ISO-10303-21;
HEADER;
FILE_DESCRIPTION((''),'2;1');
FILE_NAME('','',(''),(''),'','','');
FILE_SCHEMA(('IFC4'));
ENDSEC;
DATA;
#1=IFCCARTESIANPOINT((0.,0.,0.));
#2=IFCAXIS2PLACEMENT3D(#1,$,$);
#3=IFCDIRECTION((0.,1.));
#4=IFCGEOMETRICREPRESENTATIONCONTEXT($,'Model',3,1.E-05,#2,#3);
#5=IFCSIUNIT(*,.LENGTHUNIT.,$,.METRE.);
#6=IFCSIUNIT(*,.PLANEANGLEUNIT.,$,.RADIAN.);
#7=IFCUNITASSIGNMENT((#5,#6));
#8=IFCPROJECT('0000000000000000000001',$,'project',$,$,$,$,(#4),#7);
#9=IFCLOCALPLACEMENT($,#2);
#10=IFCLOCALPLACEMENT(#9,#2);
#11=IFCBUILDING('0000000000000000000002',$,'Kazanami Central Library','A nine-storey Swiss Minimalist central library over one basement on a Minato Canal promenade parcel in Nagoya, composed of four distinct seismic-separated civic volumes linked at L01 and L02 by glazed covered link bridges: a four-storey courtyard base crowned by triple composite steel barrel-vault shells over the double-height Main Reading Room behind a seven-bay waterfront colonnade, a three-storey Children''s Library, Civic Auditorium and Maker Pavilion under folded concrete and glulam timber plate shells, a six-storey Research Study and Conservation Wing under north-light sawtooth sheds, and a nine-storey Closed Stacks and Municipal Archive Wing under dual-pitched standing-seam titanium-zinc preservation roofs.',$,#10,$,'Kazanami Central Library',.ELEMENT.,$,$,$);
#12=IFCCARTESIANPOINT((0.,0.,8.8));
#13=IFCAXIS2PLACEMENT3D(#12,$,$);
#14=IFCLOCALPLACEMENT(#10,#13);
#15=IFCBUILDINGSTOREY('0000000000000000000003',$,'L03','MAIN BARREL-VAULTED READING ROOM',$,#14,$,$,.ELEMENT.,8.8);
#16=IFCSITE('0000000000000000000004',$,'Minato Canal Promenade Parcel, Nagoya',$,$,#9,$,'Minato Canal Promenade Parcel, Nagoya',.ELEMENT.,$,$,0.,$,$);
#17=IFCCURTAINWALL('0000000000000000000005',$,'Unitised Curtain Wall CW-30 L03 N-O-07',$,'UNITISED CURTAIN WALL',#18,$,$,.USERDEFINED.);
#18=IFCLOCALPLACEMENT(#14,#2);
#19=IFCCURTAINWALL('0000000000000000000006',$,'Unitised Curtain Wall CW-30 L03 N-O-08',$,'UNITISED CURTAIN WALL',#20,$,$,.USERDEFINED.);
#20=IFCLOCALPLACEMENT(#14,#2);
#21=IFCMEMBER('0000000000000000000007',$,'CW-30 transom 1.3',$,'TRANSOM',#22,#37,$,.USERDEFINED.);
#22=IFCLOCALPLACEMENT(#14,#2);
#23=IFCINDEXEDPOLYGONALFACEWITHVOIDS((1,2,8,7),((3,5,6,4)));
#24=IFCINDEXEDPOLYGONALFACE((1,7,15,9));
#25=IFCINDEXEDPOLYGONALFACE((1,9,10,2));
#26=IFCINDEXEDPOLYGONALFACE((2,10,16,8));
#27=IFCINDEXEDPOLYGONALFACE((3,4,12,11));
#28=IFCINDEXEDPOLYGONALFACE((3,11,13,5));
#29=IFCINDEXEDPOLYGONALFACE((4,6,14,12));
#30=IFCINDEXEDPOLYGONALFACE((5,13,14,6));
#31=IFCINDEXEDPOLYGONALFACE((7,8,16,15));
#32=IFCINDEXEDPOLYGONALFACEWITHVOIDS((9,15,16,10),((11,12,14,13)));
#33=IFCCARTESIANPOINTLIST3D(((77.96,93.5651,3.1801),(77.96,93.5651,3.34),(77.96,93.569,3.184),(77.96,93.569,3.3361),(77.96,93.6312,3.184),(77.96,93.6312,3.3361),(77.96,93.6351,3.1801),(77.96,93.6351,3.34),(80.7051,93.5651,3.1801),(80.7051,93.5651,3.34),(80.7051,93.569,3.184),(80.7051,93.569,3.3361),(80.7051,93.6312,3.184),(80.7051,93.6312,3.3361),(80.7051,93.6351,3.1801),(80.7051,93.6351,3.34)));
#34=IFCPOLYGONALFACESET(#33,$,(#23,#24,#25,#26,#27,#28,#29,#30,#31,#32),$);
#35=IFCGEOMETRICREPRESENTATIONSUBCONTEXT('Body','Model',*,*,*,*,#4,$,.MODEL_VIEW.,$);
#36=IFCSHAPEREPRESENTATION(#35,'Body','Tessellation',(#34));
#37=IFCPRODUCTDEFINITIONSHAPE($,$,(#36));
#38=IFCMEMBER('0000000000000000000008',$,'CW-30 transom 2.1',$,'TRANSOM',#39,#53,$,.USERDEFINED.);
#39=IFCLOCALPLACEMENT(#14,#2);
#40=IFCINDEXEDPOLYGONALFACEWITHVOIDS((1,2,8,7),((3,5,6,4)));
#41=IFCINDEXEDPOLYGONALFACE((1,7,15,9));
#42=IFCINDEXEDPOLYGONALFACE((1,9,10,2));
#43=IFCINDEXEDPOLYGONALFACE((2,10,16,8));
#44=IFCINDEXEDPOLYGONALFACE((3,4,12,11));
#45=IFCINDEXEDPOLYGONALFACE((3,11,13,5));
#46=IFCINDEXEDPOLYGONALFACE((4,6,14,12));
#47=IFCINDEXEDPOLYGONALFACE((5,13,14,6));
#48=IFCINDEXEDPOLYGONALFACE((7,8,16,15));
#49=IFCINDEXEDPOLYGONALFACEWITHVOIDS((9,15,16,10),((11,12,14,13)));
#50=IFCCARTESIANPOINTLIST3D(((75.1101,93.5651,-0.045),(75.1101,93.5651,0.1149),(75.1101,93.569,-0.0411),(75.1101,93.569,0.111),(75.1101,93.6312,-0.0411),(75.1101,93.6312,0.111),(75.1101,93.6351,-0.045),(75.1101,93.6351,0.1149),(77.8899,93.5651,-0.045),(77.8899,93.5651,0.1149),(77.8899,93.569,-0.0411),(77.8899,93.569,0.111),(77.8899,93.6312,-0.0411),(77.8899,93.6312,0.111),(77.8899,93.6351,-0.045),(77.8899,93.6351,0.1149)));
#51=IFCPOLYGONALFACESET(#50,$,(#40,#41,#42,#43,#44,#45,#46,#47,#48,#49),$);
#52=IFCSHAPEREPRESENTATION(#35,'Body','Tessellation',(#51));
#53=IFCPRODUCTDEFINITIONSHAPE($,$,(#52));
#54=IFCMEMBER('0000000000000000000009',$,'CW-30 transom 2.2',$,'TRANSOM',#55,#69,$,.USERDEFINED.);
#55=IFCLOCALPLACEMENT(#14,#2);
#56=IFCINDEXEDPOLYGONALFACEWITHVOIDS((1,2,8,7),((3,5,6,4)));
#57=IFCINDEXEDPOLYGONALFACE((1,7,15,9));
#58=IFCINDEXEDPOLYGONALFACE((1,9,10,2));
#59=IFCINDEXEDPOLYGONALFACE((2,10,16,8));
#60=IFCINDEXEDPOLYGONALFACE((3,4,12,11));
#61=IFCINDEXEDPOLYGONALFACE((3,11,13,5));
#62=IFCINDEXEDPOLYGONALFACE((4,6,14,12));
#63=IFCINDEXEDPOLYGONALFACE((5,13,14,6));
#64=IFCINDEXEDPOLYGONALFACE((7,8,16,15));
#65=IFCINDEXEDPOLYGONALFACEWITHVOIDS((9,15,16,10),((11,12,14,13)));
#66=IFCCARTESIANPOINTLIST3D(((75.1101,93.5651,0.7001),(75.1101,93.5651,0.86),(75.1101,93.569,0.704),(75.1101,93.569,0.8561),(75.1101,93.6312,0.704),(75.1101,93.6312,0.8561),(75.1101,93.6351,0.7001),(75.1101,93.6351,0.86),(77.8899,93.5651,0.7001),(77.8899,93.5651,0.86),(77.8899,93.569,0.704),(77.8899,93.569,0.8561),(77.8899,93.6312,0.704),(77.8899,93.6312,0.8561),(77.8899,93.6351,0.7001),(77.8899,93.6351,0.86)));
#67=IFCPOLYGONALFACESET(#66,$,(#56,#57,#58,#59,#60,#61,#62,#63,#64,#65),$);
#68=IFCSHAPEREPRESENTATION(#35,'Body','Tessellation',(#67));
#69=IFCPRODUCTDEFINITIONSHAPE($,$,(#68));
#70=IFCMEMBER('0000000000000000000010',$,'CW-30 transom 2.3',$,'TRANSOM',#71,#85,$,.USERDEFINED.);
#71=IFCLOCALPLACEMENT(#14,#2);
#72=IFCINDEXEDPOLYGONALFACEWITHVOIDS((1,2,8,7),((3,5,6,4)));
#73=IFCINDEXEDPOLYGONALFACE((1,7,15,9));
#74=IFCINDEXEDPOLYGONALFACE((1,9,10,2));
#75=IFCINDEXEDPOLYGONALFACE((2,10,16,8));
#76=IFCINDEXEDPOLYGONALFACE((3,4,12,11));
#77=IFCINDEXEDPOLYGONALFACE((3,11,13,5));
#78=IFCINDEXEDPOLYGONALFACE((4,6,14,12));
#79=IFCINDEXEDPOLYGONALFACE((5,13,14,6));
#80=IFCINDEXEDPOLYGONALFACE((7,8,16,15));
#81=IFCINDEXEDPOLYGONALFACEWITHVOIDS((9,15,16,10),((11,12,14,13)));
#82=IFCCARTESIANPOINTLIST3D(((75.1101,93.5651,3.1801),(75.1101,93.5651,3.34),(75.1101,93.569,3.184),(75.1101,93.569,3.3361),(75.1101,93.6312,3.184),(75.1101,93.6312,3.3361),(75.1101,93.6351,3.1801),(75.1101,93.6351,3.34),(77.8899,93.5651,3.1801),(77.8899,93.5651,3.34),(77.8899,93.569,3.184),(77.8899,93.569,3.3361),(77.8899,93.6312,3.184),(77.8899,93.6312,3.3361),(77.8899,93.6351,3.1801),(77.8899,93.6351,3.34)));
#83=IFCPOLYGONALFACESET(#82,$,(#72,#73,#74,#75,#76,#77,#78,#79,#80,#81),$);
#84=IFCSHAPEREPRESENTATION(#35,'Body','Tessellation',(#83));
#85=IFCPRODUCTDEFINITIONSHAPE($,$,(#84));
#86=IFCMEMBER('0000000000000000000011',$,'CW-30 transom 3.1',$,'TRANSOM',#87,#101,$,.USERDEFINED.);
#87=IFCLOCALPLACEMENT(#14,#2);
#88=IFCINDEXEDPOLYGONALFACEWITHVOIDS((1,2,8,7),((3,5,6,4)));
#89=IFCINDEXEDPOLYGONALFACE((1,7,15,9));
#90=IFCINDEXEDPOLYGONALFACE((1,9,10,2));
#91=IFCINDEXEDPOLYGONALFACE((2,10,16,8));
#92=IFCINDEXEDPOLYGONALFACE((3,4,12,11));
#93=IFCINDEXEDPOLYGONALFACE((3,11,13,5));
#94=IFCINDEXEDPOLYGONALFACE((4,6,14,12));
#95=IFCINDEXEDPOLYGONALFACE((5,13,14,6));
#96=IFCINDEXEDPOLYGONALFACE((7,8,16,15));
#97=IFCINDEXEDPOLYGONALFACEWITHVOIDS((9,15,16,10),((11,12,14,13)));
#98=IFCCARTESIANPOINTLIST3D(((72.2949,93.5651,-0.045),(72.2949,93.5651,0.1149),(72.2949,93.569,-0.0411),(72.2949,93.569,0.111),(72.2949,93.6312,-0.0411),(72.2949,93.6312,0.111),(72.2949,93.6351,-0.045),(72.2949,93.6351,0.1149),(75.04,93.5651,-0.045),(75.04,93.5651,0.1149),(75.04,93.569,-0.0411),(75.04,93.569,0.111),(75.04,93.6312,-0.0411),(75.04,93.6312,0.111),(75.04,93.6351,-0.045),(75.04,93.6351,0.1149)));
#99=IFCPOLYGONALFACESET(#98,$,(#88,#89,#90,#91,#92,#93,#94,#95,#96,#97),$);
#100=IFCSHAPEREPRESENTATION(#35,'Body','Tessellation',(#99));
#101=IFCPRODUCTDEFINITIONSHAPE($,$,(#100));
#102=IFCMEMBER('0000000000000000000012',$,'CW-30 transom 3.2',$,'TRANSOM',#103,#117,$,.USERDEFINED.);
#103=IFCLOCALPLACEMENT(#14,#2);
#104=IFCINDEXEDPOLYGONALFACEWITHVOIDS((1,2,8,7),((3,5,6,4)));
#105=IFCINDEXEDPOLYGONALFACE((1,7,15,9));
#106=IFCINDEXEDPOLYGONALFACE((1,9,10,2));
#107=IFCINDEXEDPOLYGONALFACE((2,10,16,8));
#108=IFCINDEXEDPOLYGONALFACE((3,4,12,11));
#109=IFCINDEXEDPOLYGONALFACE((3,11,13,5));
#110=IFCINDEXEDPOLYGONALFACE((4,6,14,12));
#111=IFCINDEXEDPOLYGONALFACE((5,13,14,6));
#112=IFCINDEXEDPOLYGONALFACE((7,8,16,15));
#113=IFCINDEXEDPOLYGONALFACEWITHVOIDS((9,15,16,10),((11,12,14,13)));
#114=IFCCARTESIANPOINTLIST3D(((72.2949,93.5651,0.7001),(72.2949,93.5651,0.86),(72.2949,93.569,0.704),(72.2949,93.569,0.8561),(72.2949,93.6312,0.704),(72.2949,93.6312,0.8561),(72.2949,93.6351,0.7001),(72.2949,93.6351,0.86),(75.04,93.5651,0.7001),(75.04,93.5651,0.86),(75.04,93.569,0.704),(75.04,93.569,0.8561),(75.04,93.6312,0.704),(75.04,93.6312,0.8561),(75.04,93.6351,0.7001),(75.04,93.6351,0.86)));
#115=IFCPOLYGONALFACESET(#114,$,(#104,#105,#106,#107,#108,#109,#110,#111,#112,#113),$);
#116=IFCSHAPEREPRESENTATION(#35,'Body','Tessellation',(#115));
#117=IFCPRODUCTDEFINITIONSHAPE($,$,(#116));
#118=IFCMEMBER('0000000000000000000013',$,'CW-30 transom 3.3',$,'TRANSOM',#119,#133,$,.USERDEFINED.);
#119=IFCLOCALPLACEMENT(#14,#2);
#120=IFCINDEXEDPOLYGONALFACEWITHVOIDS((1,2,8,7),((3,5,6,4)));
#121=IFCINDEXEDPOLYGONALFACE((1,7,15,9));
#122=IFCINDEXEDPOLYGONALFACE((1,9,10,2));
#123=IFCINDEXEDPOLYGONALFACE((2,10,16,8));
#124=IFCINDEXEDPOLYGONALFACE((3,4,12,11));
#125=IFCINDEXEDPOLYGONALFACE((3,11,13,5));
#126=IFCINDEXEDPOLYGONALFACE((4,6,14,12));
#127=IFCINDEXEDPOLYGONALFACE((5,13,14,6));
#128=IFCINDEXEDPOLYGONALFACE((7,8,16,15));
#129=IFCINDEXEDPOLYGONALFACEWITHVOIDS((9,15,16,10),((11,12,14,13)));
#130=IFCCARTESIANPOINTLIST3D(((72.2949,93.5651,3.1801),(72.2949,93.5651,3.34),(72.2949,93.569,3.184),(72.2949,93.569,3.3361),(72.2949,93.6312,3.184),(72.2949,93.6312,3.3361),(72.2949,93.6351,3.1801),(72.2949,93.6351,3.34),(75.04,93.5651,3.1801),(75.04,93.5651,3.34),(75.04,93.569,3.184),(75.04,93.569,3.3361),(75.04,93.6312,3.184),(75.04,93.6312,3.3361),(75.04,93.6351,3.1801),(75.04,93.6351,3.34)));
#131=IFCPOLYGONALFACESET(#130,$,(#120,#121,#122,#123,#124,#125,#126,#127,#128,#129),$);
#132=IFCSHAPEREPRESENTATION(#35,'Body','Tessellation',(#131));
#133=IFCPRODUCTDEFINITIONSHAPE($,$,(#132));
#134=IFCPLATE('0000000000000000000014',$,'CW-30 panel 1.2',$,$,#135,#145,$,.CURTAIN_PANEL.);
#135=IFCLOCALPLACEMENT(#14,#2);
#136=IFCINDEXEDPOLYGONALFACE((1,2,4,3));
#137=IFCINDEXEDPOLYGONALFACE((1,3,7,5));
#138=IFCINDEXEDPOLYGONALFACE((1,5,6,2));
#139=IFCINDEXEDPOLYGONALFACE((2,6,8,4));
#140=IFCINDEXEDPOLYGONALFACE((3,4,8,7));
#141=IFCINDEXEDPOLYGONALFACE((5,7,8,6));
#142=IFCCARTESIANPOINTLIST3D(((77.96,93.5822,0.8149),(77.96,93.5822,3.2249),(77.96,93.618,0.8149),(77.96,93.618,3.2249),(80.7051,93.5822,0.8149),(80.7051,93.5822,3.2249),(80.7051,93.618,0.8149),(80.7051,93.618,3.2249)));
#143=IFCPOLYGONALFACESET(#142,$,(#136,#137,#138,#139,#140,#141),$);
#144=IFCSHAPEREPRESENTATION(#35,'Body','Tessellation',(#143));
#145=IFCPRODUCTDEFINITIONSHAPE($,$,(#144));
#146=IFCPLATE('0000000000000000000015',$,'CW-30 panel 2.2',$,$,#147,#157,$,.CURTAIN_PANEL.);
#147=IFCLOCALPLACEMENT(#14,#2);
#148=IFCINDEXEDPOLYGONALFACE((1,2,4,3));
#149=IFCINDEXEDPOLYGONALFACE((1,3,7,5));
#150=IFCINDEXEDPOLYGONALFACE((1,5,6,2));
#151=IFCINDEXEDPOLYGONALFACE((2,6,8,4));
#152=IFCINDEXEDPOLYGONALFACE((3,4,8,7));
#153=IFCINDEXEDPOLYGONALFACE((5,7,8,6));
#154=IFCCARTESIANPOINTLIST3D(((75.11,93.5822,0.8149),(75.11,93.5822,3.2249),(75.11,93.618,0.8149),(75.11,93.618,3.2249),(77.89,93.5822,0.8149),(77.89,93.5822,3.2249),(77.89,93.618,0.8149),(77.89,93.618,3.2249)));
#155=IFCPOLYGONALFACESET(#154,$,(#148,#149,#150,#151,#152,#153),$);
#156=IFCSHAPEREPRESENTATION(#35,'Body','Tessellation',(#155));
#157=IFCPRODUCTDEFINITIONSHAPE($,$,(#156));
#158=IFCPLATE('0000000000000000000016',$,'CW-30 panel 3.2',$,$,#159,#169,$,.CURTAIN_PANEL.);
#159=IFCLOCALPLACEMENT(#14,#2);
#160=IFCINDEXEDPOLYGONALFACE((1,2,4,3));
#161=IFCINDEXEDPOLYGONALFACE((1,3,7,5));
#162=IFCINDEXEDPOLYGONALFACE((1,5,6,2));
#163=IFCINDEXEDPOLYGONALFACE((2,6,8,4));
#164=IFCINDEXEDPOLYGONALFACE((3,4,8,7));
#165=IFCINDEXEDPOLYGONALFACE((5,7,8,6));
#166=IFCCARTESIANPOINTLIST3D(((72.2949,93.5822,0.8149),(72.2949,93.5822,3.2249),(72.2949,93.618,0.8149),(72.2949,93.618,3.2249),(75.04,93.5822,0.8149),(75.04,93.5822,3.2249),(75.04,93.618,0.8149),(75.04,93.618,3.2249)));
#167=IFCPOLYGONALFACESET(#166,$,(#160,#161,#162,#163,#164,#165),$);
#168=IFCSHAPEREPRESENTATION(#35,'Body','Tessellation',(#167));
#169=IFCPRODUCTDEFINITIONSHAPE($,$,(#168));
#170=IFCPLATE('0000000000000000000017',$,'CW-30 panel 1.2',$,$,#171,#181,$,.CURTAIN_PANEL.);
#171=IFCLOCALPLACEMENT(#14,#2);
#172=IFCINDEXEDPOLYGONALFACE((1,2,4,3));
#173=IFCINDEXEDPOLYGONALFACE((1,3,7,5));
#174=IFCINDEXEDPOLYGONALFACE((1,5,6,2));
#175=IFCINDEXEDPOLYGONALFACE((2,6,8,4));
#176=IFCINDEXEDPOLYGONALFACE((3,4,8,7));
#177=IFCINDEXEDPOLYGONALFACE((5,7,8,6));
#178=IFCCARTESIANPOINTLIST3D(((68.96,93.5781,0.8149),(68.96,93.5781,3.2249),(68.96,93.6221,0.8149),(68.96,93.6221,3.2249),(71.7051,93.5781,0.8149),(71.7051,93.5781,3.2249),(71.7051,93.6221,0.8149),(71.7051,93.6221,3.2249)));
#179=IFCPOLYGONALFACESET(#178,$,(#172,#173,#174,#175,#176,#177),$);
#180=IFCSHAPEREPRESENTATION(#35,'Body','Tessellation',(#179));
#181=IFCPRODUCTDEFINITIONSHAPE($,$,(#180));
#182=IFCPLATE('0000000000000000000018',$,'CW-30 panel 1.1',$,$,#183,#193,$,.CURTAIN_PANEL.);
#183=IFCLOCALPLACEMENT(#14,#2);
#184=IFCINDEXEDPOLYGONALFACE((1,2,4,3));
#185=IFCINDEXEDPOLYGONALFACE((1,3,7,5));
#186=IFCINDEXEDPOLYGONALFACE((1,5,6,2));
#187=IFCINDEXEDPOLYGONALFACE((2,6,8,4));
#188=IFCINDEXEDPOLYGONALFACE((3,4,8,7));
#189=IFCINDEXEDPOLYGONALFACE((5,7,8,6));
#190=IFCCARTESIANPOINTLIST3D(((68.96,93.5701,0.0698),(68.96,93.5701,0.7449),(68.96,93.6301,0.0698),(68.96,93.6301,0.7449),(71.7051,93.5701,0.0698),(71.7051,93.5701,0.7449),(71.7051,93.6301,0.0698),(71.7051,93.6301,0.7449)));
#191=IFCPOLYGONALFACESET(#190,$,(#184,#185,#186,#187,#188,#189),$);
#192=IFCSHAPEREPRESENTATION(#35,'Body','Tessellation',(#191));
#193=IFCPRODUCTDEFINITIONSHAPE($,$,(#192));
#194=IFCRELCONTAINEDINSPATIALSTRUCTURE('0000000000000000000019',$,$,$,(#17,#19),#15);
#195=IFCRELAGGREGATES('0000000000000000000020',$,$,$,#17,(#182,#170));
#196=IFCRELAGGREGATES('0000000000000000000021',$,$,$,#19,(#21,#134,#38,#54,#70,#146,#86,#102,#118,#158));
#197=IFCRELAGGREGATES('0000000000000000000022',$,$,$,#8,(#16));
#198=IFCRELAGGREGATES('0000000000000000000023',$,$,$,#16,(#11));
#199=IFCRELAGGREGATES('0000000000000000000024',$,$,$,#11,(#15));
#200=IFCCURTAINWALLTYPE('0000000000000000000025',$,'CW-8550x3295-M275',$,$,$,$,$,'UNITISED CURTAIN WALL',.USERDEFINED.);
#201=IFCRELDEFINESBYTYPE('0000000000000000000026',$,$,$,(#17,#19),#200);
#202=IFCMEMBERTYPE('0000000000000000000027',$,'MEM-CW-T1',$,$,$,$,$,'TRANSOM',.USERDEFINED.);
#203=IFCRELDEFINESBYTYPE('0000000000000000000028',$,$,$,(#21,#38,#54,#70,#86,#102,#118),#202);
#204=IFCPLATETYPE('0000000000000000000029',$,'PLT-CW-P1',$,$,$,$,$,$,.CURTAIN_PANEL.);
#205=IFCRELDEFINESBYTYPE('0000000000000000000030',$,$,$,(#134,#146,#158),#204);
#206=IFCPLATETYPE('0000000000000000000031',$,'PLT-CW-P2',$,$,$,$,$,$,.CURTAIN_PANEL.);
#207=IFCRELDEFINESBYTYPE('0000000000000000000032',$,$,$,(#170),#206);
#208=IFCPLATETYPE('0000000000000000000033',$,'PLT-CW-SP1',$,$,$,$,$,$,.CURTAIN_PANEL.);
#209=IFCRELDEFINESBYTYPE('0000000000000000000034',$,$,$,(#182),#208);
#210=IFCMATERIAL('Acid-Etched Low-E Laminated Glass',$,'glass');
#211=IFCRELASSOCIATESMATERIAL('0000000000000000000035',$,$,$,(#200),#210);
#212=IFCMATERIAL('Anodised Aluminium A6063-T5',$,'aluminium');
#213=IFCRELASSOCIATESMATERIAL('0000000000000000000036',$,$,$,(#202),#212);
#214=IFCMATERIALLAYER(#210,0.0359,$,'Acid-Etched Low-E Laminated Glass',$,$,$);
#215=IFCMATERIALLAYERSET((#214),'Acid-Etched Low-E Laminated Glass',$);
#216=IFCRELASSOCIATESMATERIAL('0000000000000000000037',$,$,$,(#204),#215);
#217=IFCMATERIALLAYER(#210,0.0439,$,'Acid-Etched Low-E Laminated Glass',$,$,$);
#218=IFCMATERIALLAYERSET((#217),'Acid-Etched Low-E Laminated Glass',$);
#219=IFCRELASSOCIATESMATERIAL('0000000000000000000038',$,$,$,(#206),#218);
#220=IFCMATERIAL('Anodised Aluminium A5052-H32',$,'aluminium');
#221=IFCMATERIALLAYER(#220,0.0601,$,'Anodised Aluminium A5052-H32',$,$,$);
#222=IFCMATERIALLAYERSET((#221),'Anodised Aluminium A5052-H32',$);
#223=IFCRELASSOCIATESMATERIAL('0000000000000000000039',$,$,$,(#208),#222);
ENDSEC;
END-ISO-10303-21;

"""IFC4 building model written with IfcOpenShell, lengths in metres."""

from ifc_helpers import new_model, si_unit, direction, frame, origin, origin_2d, place, context, subcontext, project, spatial, rectangle, hollow_rectangle, extrude, material, layer, layer_set, material_profile, profile_set, type_object, element, aggregate, save


model = new_model("IFC4")

# Units and contexts
model_context = context("Model", 3, precision=1e-05, world=origin(), true_north=direction((0.0, 1.0)))
body_context = subcontext(model_context, "Body", "Model", "MODEL_VIEW")
ifc_project = project(units=[si_unit("LENGTHUNIT", "METRE"), si_unit("PLANEANGLEUNIT", "RADIAN")], contexts=[model_context])

# Site, building, storey
site_placement = place(None, origin())
site = spatial("IfcSite", under=ifc_project, at=site_placement, Name="Minato Canal Promenade Parcel, Nagoya", LongName="Minato Canal Promenade Parcel, Nagoya", CompositionType="ELEMENT", RefElevation=0.0)
building_placement = place(site_placement, origin())
building = spatial("IfcBuilding", under=site, at=building_placement, Name="Kazanami Central Library", Description="A nine-storey Swiss Minimalist central library over one basement on a Minato Canal promenade parcel in Nagoya, composed of four distinct seismic-separated civic volumes linked at L01 and L02 by glazed covered link bridges: a four-storey courtyard base crowned by triple composite steel barrel-vault shells over the double-height Main Reading Room behind a seven-bay waterfront colonnade, a three-storey Children's Library, Civic Auditorium and Maker Pavilion under folded concrete and glulam timber plate shells, a six-storey Research Study and Conservation Wing under north-light sawtooth sheds, and a nine-storey Closed Stacks and Municipal Archive Wing under dual-pitched standing-seam titanium-zinc preservation roofs.", LongName="Kazanami Central Library", CompositionType="ELEMENT")
storey_placement = place(building_placement, frame((0.0, 0.0, 8.8)))
storey = spatial("IfcBuildingStorey", under=building, at=storey_placement, Name="L03", Description="MAIN BARREL-VAULTED READING ROOM", CompositionType="ELEMENT", Elevation=8.8)

# Curtain wall
ifc_material_1 = material(Name="Acid-Etched Low-E Laminated Glass", Category="glass")
curtain_wall_type = type_object("IfcCurtainWallType", Name="CW-8550x3295-M275", ElementType="UNITISED CURTAIN WALL", PredefinedType="USERDEFINED", material=ifc_material_1)
curtain_wall_1_placement = place(storey_placement, origin())
curtain_wall_1 = element("IfcCurtainWall", 1, at=curtain_wall_1_placement, inside=storey, type_object=curtain_wall_type, Name="Unitised Curtain Wall CW-30 L03 N-O-07", ObjectType="UNITISED CURTAIN WALL", PredefinedType="USERDEFINED")
ifc_material_2 = material(Name="Anodised Aluminium A6063-T5", Category="aluminium")

# Curtain wall
curtain_wall_2_placement = place(storey_placement, origin())
curtain_wall_2 = element("IfcCurtainWall", 2, at=curtain_wall_2_placement, inside=storey, type_object=curtain_wall_type, Name="Unitised Curtain Wall CW-30 L03 N-O-08", ObjectType="UNITISED CURTAIN WALL", PredefinedType="USERDEFINED")

# Members
ifc_material_profile_1 = material_profile(ifc_material_2, hollow_rectangle(XDim=0.0701, YDim=0.1599, WallThickness=0.0039, at=origin_2d()), Name="ALU-TRAN-70x160x4")
ifc_profile_set_1 = profile_set([ifc_material_profile_1], Name="Anodised Aluminium A6063-T5")
member_type_1 = type_object("IfcMemberType", Name="MEM-CW-T1", ElementType="TRANSOM", PredefinedType="USERDEFINED", material=ifc_profile_set_1)
member_1_placement = place(storey_placement, frame((80.7051, 93.6001, 3.26), z_axis=(-1.0, 0.0, 0.0), x_axis=(0.0, -1.0, 0.0)))
member_1 = element("IfcMember", 3, at=member_1_placement, type_object=member_type_1, Name="CW-30 transom 1.3", ObjectType="TRANSOM", PredefinedType="USERDEFINED", context=body_context, shape_type="SweptSolid", body=[
    extrude(hollow_rectangle(XDim=0.0701, YDim=0.1599, WallThickness=0.0039, at=origin_2d()), origin(), (0.0, 0.0, 1.0), 2.7451),
])
member_2_placement = place(storey_placement, frame((77.8899, 93.6001, 0.0349), z_axis=(-1.0, 0.0, 0.0), x_axis=(0.0, -1.0, 0.0)))
member_2 = element("IfcMember", 4, at=member_2_placement, type_object=member_type_1, Name="CW-30 transom 2.1", ObjectType="TRANSOM", PredefinedType="USERDEFINED", context=body_context, shape_type="SweptSolid", body=[
    extrude(hollow_rectangle(XDim=0.0701, YDim=0.1599, WallThickness=0.0039, at=origin_2d()), origin(), (0.0, 0.0, 1.0), 2.7798),
])
member_3_placement = place(storey_placement, frame((77.8899, 93.6001, 0.78), z_axis=(-1.0, 0.0, 0.0), x_axis=(0.0, -1.0, 0.0)))
member_3 = element("IfcMember", 5, at=member_3_placement, type_object=member_type_1, Name="CW-30 transom 2.2", ObjectType="TRANSOM", PredefinedType="USERDEFINED", context=body_context, shape_type="SweptSolid", body=[
    extrude(hollow_rectangle(XDim=0.0701, YDim=0.1599, WallThickness=0.0039, at=origin_2d()), origin(), (0.0, 0.0, 1.0), 2.7798),
])
member_4_placement = place(storey_placement, frame((77.8899, 93.6001, 3.26), z_axis=(-1.0, 0.0, 0.0), x_axis=(0.0, -1.0, 0.0)))
member_4 = element("IfcMember", 6, at=member_4_placement, type_object=member_type_1, Name="CW-30 transom 2.3", ObjectType="TRANSOM", PredefinedType="USERDEFINED", context=body_context, shape_type="SweptSolid", body=[
    extrude(hollow_rectangle(XDim=0.0701, YDim=0.1599, WallThickness=0.0039, at=origin_2d()), origin(), (0.0, 0.0, 1.0), 2.7798),
])
member_5_placement = place(storey_placement, frame((75.04, 93.6001, 0.0349), z_axis=(-1.0, 0.0, 0.0), x_axis=(0.0, -1.0, 0.0)))
member_5 = element("IfcMember", 7, at=member_5_placement, type_object=member_type_1, Name="CW-30 transom 3.1", ObjectType="TRANSOM", PredefinedType="USERDEFINED", context=body_context, shape_type="SweptSolid", body=[
    extrude(hollow_rectangle(XDim=0.0701, YDim=0.1599, WallThickness=0.0039, at=origin_2d()), origin(), (0.0, 0.0, 1.0), 2.7451),
])
member_6_placement = place(storey_placement, frame((75.04, 93.6001, 0.78), z_axis=(-1.0, 0.0, 0.0), x_axis=(0.0, -1.0, 0.0)))
member_6 = element("IfcMember", 8, at=member_6_placement, type_object=member_type_1, Name="CW-30 transom 3.2", ObjectType="TRANSOM", PredefinedType="USERDEFINED", context=body_context, shape_type="SweptSolid", body=[
    extrude(hollow_rectangle(XDim=0.0701, YDim=0.1599, WallThickness=0.0039, at=origin_2d()), origin(), (0.0, 0.0, 1.0), 2.7451),
])
member_7_placement = place(storey_placement, frame((75.04, 93.6001, 3.26), z_axis=(-1.0, 0.0, 0.0), x_axis=(0.0, -1.0, 0.0)))
member_7 = element("IfcMember", 9, at=member_7_placement, type_object=member_type_1, Name="CW-30 transom 3.3", ObjectType="TRANSOM", PredefinedType="USERDEFINED", context=body_context, shape_type="SweptSolid", body=[
    extrude(hollow_rectangle(XDim=0.0701, YDim=0.1599, WallThickness=0.0039, at=origin_2d()), origin(), (0.0, 0.0, 1.0), 2.7451),
])

# Plates
ifc_layer_1 = layer(ifc_material_1, 0.0359, Name="Acid-Etched Low-E Laminated Glass")
ifc_layer_set_1 = layer_set([ifc_layer_1], Name="Acid-Etched Low-E Laminated Glass")
plate_type_1 = type_object("IfcPlateType", Name="PLT-CW-P1", PredefinedType="CURTAIN_PANEL", material=ifc_layer_set_1)
plate_1_placement = place(storey_placement, frame((79.3325, 93.6001, 0.8149), z_axis=(0.0, 0.0, 1.0), x_axis=(-1.0, 0.0, 0.0)))
plate_1 = element("IfcPlate", 10, at=plate_1_placement, type_object=plate_type_1, Name="CW-30 panel 1.2", PredefinedType="CURTAIN_PANEL", context=body_context, shape_type="SweptSolid", body=[
    extrude(rectangle(XDim=2.7451, YDim=0.0359, at=origin_2d()), origin(), (0.0, 0.0, 1.0), 2.4099),
])
plate_2_placement = place(storey_placement, frame((76.5, 93.6001, 0.8149), z_axis=(0.0, 0.0, 1.0), x_axis=(-1.0, 0.0, 0.0)))
plate_2 = element("IfcPlate", 11, at=plate_2_placement, type_object=plate_type_1, Name="CW-30 panel 2.2", PredefinedType="CURTAIN_PANEL", context=body_context, shape_type="SweptSolid", body=[
    extrude(rectangle(XDim=2.78, YDim=0.0359, at=origin_2d()), origin(), (0.0, 0.0, 1.0), 2.4099),
])
plate_3_placement = place(storey_placement, frame((73.6675, 93.6001, 0.8149), z_axis=(0.0, 0.0, 1.0), x_axis=(-1.0, 0.0, 0.0)))
plate_3 = element("IfcPlate", 12, at=plate_3_placement, type_object=plate_type_1, Name="CW-30 panel 3.2", PredefinedType="CURTAIN_PANEL", context=body_context, shape_type="SweptSolid", body=[
    extrude(rectangle(XDim=2.7451, YDim=0.0359, at=origin_2d()), origin(), (0.0, 0.0, 1.0), 2.4099),
])
ifc_layer_2 = layer(ifc_material_1, 0.0439, Name="Acid-Etched Low-E Laminated Glass")
ifc_layer_set_2 = layer_set([ifc_layer_2], Name="Acid-Etched Low-E Laminated Glass")
plate_type_2 = type_object("IfcPlateType", Name="PLT-CW-P2", PredefinedType="CURTAIN_PANEL", material=ifc_layer_set_2)
plate_4_placement = place(storey_placement, frame((70.3325, 93.6001, 0.8149), z_axis=(0.0, 0.0, 1.0), x_axis=(-1.0, 0.0, 0.0)))
plate_4 = element("IfcPlate", 13, at=plate_4_placement, type_object=plate_type_2, Name="CW-30 panel 1.2", PredefinedType="CURTAIN_PANEL", context=body_context, shape_type="SweptSolid", body=[
    extrude(rectangle(XDim=2.7451, YDim=0.0439, at=origin_2d()), origin(), (0.0, 0.0, 1.0), 2.4099),
])
ifc_material_3 = material(Name="Anodised Aluminium A5052-H32", Category="aluminium")
ifc_layer_3 = layer(ifc_material_3, 0.0601, Name="Anodised Aluminium A5052-H32")
ifc_layer_set_3 = layer_set([ifc_layer_3], Name="Anodised Aluminium A5052-H32")
plate_type_3 = type_object("IfcPlateType", Name="PLT-CW-SP1", PredefinedType="CURTAIN_PANEL", material=ifc_layer_set_3)
plate_5_placement = place(storey_placement, frame((70.3325, 93.6001, 0.0698), z_axis=(0.0, 0.0, 1.0), x_axis=(-1.0, 0.0, 0.0)))
plate_5 = element("IfcPlate", 14, at=plate_5_placement, type_object=plate_type_3, Name="CW-30 panel 1.1", PredefinedType="CURTAIN_PANEL", context=body_context, shape_type="SweptSolid", body=[
    extrude(rectangle(XDim=2.7451, YDim=0.0601, at=origin_2d()), origin(), (0.0, 0.0, 1.0), 0.675),
])
aggregate(curtain_wall_1, [plate_5, plate_4])
aggregate(curtain_wall_2, [member_1, plate_1, member_2, member_3, member_4, plate_2, member_5, member_6, member_7, plate_3])

save(model, "model.ifc")
